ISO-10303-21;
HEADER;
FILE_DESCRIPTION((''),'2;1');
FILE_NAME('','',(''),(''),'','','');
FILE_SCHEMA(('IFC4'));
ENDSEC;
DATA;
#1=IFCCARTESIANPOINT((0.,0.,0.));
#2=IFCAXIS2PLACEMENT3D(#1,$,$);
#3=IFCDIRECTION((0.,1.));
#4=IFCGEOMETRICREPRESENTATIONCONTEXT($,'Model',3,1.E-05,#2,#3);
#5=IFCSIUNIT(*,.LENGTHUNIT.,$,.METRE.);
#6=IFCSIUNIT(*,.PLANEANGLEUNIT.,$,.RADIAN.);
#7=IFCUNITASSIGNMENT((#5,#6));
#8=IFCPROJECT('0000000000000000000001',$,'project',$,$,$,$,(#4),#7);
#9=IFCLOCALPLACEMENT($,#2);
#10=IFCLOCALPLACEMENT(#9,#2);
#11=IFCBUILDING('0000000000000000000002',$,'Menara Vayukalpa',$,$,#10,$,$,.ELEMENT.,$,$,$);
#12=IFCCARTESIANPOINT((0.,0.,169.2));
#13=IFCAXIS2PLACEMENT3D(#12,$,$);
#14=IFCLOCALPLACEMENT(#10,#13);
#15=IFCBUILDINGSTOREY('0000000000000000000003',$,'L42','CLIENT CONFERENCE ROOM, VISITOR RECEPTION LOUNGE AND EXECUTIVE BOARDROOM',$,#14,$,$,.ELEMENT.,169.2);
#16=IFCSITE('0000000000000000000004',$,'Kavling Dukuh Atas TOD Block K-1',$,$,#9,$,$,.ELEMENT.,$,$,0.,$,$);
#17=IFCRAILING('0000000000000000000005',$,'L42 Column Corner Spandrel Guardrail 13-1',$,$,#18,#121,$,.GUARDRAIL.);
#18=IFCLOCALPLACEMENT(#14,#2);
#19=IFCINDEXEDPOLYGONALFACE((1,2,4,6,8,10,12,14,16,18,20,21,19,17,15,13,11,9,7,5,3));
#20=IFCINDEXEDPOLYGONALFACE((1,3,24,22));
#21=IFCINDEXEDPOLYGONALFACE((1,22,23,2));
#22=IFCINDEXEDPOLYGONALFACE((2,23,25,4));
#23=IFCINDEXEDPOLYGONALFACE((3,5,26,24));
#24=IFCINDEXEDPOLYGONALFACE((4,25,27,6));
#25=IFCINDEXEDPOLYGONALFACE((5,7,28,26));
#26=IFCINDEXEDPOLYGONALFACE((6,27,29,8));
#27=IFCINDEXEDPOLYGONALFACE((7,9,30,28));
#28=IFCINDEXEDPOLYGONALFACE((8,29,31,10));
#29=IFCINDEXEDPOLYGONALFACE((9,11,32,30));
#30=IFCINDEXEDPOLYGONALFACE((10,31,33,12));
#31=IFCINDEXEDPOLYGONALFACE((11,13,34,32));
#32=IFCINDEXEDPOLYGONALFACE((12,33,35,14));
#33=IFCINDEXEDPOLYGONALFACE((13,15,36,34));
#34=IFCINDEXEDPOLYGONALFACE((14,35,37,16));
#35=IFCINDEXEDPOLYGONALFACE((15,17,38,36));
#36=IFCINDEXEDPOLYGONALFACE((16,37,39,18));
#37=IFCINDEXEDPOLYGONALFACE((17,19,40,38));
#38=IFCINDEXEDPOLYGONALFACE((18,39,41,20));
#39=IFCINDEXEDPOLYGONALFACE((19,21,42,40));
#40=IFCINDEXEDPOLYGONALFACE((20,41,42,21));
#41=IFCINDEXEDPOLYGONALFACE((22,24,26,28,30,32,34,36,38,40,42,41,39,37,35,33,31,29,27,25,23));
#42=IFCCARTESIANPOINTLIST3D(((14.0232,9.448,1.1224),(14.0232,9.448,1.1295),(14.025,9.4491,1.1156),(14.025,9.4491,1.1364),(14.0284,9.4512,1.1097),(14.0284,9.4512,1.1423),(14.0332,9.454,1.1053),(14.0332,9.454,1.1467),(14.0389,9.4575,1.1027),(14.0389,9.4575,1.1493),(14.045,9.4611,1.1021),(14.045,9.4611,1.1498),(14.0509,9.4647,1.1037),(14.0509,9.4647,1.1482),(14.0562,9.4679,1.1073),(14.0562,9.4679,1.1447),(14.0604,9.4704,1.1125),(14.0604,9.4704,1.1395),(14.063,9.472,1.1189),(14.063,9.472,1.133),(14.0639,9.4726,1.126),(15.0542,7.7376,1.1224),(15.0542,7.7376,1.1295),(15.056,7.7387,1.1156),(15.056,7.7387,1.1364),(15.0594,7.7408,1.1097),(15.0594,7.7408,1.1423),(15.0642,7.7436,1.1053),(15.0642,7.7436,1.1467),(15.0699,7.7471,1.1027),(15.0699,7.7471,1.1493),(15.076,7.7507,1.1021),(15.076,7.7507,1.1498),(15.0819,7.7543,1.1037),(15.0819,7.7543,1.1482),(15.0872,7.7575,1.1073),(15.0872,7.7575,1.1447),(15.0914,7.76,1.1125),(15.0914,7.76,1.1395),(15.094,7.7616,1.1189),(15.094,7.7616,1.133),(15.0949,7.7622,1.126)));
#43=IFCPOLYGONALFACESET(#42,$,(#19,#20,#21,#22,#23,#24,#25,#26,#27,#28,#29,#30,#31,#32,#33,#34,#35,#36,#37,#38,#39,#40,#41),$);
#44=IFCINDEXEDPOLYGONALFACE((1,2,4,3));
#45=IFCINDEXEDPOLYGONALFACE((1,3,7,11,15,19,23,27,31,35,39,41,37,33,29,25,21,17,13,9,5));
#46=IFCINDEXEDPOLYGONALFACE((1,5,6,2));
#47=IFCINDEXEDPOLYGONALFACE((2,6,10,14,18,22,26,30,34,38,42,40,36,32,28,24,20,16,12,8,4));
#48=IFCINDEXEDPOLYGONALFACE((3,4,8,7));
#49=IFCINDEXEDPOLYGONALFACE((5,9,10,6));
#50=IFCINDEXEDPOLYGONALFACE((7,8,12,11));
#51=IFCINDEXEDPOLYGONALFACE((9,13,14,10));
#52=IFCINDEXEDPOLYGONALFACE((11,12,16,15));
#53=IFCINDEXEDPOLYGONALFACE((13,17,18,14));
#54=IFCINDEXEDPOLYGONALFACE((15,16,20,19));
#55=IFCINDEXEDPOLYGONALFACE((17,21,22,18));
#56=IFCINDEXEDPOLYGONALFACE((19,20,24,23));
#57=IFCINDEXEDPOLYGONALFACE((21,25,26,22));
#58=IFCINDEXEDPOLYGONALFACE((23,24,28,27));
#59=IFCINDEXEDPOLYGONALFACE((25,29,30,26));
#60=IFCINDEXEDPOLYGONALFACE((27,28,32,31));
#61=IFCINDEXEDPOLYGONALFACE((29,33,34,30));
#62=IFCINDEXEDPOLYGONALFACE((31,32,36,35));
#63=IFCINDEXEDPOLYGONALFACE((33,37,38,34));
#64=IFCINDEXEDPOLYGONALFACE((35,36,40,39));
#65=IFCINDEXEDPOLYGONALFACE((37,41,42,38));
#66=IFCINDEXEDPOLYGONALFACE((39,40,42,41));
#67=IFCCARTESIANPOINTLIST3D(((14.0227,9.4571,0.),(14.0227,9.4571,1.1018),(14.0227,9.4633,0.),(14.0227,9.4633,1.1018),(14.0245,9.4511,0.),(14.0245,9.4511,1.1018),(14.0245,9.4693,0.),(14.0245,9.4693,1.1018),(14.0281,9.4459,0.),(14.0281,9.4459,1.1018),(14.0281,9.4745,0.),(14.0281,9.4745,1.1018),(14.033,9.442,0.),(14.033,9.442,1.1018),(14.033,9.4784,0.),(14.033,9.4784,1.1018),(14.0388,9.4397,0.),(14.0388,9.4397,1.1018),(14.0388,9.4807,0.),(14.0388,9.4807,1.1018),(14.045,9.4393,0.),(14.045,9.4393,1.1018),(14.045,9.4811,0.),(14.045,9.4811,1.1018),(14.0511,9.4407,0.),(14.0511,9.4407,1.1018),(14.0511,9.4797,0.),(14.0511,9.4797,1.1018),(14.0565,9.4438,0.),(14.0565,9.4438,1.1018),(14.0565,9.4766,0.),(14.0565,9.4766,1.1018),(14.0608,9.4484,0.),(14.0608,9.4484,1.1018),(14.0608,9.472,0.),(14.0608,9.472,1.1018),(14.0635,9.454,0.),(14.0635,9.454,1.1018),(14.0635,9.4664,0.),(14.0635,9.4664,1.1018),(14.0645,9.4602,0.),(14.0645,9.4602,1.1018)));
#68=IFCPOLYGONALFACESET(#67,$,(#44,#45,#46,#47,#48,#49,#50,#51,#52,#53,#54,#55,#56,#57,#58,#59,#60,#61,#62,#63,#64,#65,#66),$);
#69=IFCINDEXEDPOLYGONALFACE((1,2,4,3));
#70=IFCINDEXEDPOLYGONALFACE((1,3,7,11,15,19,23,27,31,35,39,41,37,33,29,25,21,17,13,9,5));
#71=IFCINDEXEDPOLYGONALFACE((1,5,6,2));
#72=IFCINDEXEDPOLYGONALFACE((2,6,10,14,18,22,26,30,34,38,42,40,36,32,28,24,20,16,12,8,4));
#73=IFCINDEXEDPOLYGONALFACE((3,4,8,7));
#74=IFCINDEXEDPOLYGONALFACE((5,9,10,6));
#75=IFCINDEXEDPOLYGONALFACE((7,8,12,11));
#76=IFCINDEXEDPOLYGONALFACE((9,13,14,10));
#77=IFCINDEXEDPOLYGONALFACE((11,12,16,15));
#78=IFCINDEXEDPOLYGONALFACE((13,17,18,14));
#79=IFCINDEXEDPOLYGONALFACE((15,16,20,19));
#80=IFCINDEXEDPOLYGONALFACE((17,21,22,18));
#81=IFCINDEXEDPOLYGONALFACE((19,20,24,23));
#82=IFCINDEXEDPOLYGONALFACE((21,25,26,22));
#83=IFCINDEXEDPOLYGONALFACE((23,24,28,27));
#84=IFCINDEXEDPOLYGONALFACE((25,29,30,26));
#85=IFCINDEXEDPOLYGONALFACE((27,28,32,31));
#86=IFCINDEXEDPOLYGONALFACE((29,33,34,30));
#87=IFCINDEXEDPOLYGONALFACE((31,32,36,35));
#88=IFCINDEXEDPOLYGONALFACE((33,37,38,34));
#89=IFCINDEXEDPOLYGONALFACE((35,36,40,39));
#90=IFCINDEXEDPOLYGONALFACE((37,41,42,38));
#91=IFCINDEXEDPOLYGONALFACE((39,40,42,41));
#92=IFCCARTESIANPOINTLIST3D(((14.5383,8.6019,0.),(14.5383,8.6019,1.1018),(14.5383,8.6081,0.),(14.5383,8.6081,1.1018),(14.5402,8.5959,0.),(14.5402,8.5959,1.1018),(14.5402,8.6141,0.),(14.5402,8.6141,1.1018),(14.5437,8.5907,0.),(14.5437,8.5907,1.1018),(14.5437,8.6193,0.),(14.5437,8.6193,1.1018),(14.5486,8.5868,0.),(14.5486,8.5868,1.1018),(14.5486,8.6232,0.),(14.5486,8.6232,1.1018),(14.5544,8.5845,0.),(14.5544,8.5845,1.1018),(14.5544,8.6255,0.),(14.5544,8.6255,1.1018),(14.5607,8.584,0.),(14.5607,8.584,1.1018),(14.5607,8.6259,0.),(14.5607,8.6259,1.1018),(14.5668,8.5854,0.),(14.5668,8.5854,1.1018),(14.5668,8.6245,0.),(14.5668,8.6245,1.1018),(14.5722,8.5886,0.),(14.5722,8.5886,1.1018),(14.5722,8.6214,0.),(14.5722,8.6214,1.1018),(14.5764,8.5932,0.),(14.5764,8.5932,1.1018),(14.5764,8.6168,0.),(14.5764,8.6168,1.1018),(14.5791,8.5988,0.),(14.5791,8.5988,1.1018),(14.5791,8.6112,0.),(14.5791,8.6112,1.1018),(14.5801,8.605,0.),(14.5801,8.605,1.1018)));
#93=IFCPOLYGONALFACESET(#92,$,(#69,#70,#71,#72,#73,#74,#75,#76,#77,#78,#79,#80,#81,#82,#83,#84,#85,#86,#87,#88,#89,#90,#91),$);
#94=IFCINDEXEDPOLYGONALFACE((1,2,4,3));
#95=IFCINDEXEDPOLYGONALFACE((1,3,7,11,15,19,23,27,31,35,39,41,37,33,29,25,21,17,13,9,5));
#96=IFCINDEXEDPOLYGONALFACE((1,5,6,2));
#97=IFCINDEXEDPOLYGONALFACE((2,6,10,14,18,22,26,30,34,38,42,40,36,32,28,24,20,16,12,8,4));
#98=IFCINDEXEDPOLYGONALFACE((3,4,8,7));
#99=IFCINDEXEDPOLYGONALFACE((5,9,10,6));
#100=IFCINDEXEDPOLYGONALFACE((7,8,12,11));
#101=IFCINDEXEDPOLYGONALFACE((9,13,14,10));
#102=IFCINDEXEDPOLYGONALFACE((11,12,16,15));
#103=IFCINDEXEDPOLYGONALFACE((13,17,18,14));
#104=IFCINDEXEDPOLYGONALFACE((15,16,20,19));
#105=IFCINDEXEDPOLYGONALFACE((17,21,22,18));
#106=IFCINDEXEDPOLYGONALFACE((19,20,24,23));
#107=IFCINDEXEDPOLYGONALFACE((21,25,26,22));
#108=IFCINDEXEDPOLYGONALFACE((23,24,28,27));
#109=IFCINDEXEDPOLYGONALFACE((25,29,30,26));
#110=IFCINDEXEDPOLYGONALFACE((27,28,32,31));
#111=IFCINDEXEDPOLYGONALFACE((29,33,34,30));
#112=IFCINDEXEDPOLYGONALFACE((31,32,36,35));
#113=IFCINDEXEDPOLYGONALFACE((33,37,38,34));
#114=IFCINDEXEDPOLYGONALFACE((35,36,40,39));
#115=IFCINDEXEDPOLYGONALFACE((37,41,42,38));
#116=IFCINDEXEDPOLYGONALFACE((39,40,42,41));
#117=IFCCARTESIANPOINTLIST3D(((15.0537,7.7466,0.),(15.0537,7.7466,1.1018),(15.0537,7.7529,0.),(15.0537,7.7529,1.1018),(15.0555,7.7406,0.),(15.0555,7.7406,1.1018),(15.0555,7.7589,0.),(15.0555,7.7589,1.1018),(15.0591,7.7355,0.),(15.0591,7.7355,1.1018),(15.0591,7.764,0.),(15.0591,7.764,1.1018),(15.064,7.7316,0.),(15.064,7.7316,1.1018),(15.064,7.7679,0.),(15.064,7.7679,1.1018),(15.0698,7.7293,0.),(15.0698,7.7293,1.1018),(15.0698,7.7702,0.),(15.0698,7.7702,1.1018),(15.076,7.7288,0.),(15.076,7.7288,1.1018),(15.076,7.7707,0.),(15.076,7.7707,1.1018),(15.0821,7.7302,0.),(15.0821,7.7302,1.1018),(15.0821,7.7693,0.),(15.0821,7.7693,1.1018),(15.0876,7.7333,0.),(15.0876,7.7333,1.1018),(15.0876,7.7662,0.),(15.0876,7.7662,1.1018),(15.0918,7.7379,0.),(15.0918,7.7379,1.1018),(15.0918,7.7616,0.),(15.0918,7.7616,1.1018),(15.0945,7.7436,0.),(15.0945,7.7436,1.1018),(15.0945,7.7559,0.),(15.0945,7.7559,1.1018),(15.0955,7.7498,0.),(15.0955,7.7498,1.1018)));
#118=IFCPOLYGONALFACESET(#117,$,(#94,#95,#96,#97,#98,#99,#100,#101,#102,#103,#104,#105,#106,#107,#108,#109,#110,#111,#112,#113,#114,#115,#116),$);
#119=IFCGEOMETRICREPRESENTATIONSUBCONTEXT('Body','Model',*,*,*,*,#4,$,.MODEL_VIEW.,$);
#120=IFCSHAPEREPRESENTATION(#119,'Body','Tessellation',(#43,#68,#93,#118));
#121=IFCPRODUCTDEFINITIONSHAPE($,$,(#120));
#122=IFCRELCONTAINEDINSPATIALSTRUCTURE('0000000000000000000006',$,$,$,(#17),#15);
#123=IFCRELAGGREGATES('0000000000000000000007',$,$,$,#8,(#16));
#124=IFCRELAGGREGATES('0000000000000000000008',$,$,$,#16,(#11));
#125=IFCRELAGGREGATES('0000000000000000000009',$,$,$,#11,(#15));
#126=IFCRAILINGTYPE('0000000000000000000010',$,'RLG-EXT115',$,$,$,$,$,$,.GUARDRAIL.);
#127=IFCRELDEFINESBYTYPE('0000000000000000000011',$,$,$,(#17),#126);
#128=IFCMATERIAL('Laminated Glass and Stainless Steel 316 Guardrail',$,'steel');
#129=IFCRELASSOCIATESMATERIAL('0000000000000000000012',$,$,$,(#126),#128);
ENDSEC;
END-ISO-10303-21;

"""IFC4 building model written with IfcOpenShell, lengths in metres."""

from ifc_helpers import new_model, si_unit, direction, frame, origin, origin_2d, place, context, subcontext, project, spatial, circle, extrude, material, type_object, element, save


model = new_model("IFC4")

# Units and contexts
model_context = context("Model", 3, precision=1e-05, world=origin(), true_north=direction((0.0, 1.0)))
body_context = subcontext(model_context, "Body", "Model", "MODEL_VIEW")
ifc_project = project(units=[si_unit("LENGTHUNIT", "METRE"), si_unit("PLANEANGLEUNIT", "RADIAN")], contexts=[model_context])

# Site, building, storey
site_placement = place(None, origin())
site = spatial("IfcSite", under=ifc_project, at=site_placement, Name="Kavling Dukuh Atas TOD Block K-1", CompositionType="ELEMENT", RefElevation=0.0)
building_placement = place(site_placement, origin())
building = spatial("IfcBuilding", under=site, at=building_placement, Name="Menara Vayukalpa", CompositionType="ELEMENT")
storey_placement = place(building_placement, frame((0.0, 0.0, 169.2)))
storey = spatial("IfcBuildingStorey", under=building, at=storey_placement, Name="L42", Description="CLIENT CONFERENCE ROOM, VISITOR RECEPTION LOUNGE AND EXECUTIVE BOARDROOM", CompositionType="ELEMENT", Elevation=169.2)

# Railing
ifc_material_1 = material(Name="Laminated Glass and Stainless Steel 316 Guardrail", Category="steel")
railing_type = type_object("IfcRailingType", Name="RLG-EXT115", PredefinedType="GUARDRAIL", material=ifc_material_1)
railing_1_placement = place(storey_placement, frame((14.0435, 9.4602, 0.0)))
element("IfcRailing", 1, at=railing_1_placement, inside=storey, type_object=railing_type, Name="L42 Column Corner Spandrel Guardrail 13-1", PredefinedType="GUARDRAIL", context=body_context, shape_type="SweptSolid", body=[
    extrude(circle(Radius=0.0239, at=origin_2d()), frame((0.0, 0.0, 1.126), z_axis=(0.516238, -0.856445, 0.0), x_axis=(0.856445, 0.516238, 0.0)), (0.0, 0.0, 1.0), 1.9971),
    extrude(circle(Radius=0.021, at=origin_2d()), origin(), (0.0, 0.0, 1.0), 1.1018),
    extrude(circle(Radius=0.021, at=origin_2d()), frame((0.5156, -0.8552, 0.0)), (0.0, 0.0, 1.0), 1.1018),
    extrude(circle(Radius=0.021, at=origin_2d()), frame((1.031, -1.7104, 0.0)), (0.0, 0.0, 1.0), 1.1018),
])

save(model, "model.ifc")
